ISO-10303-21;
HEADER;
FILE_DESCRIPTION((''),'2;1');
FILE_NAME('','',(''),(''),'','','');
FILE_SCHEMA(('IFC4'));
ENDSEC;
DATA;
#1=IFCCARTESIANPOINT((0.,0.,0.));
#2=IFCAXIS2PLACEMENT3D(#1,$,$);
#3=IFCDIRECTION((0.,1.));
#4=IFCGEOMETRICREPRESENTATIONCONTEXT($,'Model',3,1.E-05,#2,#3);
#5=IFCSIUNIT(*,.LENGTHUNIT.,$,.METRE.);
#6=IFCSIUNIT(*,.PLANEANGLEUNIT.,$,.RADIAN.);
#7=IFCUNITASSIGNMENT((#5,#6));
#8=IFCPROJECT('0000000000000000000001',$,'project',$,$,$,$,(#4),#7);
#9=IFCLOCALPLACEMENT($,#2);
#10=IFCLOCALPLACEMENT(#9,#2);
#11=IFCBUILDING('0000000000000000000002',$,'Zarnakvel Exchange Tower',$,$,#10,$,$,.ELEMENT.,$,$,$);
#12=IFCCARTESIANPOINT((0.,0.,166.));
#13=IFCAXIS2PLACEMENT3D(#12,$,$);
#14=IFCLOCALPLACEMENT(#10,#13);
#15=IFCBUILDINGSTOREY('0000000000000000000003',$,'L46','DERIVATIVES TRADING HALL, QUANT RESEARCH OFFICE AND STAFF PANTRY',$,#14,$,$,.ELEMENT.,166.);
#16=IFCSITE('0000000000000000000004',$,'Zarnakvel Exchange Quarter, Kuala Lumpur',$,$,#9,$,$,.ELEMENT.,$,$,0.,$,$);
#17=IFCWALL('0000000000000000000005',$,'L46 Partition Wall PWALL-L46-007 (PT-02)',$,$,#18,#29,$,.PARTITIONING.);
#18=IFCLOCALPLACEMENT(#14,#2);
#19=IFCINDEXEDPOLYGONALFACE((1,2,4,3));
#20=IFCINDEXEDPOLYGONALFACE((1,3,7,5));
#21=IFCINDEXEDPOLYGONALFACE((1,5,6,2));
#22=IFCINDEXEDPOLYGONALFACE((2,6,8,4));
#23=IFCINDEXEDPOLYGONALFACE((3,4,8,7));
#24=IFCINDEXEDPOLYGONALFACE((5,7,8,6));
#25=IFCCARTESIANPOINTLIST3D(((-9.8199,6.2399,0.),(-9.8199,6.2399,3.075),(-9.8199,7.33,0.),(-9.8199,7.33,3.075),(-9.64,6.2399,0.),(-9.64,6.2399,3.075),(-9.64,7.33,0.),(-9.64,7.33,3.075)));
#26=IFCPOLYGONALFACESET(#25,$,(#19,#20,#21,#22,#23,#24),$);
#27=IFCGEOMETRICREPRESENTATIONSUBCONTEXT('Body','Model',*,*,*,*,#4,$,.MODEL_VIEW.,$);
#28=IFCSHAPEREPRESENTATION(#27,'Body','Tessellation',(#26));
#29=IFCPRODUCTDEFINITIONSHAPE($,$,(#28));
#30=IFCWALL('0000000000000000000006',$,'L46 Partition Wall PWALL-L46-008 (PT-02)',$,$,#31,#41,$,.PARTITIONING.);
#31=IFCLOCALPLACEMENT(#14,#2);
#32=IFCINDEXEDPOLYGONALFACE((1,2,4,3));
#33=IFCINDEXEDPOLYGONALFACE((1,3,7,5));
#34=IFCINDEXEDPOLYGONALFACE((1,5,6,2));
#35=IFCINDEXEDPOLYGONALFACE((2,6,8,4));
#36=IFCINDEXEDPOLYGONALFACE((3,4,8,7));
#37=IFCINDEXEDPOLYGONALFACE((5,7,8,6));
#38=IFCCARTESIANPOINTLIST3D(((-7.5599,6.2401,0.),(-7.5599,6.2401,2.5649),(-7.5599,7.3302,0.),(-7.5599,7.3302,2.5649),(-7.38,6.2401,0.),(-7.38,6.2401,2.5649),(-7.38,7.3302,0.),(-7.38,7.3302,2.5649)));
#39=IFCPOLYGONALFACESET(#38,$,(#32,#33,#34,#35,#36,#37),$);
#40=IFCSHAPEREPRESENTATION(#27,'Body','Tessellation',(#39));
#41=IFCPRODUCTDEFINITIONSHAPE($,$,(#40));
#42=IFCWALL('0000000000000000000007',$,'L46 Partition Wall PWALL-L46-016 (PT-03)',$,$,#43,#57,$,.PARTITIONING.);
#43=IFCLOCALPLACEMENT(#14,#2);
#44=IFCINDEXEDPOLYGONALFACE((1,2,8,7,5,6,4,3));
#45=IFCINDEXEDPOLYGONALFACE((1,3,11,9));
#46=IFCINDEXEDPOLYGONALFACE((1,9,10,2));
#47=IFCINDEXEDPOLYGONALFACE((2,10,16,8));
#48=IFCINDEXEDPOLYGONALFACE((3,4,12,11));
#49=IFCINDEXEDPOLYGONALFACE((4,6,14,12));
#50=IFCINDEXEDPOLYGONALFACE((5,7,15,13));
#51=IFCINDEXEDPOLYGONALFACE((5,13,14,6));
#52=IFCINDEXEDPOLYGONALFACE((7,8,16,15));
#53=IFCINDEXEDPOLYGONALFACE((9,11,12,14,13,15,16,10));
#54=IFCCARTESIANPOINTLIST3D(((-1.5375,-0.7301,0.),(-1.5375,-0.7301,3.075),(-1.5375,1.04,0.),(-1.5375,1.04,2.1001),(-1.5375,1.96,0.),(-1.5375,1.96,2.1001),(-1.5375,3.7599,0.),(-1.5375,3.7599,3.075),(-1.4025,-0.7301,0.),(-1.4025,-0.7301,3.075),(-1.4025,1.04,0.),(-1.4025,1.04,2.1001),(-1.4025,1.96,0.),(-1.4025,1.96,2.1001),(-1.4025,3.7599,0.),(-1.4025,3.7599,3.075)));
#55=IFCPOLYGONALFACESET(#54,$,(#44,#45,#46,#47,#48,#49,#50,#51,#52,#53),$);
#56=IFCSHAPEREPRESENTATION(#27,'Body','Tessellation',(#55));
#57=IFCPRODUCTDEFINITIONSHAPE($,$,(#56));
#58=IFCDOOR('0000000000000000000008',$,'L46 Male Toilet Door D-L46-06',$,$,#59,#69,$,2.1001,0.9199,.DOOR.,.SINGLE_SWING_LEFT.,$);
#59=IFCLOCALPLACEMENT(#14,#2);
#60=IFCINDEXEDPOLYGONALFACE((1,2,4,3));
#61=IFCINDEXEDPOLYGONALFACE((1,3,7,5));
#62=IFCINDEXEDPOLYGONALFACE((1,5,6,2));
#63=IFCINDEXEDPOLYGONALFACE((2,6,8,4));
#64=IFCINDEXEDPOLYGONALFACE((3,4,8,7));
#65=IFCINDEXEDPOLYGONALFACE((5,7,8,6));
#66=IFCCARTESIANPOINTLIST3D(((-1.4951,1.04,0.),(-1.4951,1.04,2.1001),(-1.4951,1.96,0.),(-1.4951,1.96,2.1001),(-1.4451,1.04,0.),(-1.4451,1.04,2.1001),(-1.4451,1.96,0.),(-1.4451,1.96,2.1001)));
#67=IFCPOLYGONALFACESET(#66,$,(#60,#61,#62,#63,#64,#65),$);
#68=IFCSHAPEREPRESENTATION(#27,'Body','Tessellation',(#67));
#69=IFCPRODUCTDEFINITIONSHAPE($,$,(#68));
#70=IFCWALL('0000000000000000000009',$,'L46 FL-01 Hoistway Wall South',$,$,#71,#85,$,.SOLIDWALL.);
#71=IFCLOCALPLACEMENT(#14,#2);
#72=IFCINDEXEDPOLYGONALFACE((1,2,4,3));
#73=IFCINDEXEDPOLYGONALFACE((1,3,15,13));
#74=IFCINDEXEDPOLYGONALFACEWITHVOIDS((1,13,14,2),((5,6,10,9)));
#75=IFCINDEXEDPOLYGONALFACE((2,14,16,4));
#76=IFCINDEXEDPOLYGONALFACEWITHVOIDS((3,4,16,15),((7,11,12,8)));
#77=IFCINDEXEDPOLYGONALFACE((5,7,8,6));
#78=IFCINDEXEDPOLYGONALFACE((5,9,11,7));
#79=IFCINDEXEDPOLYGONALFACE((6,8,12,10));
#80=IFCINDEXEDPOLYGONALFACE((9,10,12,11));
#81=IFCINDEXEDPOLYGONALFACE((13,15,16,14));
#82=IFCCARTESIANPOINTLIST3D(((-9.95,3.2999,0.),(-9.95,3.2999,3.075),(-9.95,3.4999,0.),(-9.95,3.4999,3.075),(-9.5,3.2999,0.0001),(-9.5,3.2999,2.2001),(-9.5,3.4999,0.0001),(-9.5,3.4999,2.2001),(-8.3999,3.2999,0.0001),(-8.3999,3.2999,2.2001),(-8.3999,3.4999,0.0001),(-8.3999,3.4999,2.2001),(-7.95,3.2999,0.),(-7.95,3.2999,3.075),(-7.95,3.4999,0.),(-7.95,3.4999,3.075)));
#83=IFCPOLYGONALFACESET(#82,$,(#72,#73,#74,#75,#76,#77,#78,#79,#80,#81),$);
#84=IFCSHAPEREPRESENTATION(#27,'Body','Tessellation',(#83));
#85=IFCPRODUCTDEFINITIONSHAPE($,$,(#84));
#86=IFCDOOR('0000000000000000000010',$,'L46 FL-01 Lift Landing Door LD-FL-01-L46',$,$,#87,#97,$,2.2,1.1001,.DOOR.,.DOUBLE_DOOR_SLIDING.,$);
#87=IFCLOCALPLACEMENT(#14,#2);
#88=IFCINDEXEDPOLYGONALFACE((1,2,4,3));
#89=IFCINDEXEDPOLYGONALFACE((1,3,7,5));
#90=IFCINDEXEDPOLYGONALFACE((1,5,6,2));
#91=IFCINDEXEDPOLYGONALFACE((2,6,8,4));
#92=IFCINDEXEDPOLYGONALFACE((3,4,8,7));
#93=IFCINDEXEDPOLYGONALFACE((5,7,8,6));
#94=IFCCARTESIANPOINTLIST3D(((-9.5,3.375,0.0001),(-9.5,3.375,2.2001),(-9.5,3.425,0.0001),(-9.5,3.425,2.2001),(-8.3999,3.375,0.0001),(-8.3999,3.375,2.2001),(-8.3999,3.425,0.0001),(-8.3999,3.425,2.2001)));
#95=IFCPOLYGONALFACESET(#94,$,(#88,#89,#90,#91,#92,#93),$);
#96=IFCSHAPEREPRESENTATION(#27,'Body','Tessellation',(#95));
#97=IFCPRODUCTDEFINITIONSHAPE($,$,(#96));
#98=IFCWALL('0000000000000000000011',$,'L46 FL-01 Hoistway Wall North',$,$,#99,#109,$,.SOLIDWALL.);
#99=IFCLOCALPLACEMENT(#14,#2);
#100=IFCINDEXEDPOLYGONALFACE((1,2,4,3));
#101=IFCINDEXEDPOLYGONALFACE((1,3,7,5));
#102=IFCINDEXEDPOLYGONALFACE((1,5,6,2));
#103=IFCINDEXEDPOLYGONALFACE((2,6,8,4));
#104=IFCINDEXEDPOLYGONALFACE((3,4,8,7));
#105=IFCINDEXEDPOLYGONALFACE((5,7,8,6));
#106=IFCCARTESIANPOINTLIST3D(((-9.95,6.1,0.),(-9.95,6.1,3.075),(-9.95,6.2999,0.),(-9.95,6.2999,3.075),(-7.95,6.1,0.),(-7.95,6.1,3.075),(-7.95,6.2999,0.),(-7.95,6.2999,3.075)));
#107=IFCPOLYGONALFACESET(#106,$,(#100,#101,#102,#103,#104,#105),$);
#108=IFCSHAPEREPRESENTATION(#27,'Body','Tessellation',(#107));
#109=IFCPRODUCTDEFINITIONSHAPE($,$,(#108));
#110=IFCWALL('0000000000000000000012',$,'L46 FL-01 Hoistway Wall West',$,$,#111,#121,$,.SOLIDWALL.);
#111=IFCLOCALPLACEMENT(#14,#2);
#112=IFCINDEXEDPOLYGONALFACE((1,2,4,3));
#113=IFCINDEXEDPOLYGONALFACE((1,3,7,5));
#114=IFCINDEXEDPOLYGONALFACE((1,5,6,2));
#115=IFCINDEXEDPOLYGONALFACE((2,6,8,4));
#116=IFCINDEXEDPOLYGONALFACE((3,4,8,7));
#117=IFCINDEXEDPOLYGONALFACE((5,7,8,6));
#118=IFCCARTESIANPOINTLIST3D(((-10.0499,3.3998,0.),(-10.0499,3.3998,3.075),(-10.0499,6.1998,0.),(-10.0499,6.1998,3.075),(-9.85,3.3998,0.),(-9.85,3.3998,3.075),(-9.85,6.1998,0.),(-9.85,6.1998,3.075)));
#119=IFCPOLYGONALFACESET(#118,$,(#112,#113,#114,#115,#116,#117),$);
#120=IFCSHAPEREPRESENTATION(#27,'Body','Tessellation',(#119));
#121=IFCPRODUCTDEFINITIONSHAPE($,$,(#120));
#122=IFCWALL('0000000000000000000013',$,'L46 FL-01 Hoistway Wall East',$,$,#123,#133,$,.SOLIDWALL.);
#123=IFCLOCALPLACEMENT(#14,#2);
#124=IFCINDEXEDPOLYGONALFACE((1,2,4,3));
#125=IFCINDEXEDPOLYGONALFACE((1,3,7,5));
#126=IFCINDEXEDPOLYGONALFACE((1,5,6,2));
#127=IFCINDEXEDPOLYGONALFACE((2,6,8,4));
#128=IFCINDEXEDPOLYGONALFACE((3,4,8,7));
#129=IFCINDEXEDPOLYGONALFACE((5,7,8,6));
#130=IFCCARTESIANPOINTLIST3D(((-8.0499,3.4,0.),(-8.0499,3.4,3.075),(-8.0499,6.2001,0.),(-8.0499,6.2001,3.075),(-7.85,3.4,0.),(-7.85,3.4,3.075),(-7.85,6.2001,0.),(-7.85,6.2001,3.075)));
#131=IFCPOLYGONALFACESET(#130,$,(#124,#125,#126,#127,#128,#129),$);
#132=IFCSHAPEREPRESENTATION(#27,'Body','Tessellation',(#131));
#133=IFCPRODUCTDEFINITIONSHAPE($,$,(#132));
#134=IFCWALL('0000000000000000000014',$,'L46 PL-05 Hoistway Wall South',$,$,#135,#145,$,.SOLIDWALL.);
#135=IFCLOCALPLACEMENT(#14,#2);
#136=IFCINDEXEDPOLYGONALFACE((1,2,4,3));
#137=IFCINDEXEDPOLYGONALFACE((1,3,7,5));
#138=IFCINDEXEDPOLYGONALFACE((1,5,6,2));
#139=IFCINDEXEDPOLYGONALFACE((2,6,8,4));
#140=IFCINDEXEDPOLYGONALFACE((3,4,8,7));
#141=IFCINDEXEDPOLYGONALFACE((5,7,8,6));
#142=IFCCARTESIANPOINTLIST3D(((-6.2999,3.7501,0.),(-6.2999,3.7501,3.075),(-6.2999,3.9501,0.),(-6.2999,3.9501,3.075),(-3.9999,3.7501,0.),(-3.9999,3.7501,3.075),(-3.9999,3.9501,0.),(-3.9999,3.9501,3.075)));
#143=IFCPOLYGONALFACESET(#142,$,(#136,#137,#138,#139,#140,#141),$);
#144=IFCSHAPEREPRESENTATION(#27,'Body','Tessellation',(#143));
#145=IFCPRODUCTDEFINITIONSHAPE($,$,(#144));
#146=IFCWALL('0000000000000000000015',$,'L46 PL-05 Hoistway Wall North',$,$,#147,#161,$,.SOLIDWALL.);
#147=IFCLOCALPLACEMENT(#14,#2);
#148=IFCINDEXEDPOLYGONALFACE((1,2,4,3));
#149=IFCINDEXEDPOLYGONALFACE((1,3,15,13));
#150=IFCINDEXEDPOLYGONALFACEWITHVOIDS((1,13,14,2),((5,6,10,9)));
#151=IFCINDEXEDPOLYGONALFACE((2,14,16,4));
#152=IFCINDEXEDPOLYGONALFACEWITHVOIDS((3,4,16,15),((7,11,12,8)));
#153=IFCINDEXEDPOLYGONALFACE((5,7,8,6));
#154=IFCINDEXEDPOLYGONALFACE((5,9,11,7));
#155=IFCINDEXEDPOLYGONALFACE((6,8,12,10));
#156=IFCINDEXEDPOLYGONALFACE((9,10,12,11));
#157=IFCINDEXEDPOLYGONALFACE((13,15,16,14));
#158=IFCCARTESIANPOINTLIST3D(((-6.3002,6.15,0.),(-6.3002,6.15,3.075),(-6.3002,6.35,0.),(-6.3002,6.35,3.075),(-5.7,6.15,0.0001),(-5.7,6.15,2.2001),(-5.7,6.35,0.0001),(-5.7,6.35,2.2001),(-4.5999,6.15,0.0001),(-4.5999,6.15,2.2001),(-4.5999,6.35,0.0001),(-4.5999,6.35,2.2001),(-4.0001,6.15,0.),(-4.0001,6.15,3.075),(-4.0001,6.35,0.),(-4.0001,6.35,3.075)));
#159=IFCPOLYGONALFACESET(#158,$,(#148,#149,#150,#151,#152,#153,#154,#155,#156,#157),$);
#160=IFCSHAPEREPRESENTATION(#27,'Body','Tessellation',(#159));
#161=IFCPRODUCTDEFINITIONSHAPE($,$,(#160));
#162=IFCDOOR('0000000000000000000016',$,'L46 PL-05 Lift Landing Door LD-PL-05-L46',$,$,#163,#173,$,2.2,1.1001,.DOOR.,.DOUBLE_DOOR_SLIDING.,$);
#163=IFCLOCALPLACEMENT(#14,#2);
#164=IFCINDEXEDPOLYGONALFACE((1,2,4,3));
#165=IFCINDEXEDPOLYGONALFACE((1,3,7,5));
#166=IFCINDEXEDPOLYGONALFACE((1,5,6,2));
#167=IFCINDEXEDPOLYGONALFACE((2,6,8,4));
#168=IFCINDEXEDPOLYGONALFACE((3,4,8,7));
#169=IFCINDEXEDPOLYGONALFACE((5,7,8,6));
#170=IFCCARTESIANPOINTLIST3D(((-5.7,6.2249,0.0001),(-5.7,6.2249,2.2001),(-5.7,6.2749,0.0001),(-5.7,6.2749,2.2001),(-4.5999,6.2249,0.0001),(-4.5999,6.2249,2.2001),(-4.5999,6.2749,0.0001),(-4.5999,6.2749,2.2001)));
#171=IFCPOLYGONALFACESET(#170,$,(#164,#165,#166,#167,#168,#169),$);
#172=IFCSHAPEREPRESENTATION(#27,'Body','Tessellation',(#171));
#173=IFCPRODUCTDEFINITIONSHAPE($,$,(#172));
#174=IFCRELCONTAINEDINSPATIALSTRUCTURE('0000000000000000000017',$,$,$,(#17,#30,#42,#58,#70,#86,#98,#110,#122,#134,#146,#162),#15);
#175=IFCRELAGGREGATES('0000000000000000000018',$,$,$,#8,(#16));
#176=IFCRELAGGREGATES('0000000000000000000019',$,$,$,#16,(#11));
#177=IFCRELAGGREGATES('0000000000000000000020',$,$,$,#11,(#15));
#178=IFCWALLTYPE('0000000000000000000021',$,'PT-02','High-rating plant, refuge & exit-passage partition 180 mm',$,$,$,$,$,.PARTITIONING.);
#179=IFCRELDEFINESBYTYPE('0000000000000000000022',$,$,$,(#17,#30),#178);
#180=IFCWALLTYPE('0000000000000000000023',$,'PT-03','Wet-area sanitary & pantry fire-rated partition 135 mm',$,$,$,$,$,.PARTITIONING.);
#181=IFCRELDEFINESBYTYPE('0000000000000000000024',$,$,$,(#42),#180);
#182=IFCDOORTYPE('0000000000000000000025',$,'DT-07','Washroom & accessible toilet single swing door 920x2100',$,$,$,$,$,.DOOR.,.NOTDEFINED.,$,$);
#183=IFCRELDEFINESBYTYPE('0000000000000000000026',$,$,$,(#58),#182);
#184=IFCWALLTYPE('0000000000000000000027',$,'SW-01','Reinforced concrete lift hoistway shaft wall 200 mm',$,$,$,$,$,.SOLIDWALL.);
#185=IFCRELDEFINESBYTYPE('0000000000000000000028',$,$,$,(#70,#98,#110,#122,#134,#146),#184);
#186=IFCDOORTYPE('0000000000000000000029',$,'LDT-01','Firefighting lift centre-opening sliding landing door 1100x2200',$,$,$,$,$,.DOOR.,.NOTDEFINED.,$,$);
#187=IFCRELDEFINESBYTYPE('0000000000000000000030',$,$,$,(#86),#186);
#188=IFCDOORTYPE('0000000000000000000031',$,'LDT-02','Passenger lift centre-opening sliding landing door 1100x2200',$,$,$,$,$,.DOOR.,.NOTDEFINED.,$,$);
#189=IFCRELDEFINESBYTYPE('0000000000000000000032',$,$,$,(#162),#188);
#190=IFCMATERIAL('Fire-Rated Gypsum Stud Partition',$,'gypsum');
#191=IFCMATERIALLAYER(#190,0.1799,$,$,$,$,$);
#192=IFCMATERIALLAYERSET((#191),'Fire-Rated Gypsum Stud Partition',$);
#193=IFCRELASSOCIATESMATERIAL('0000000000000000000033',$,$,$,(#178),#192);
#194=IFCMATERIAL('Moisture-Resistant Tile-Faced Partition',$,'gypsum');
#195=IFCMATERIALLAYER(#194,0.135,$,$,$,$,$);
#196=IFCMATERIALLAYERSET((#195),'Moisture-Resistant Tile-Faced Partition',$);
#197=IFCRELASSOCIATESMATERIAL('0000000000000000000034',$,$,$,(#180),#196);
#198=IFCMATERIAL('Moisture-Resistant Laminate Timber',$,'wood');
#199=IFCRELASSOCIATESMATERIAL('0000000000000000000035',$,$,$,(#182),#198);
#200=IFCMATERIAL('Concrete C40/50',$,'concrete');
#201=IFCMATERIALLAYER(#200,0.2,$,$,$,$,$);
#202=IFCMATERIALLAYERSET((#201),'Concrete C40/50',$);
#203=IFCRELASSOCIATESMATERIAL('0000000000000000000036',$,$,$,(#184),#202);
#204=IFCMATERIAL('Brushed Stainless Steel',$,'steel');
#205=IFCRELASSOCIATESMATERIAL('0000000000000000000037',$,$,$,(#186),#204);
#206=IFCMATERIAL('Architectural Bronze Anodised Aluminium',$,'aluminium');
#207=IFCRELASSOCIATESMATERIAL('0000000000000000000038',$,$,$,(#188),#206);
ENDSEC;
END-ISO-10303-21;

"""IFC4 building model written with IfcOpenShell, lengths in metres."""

from ifc_helpers import new_model, si_unit, direction, frame, frame_2d, origin, place, context, subcontext, project, spatial, rectangle, extrude, source, transform, mapped, material, layer, layer_set, type_object, element, fill, save


model = new_model("IFC4")

# Units and contexts
model_context = context("Model", 3, precision=1e-05, world=origin(), true_north=direction((0.0, 1.0)))
body_context = subcontext(model_context, "Body", "Model", "MODEL_VIEW")
ifc_project = project(units=[si_unit("LENGTHUNIT", "METRE"), si_unit("PLANEANGLEUNIT", "RADIAN")], contexts=[model_context])

# Site, building, storey
site_placement = place(None, origin())
site = spatial("IfcSite", under=ifc_project, at=site_placement, Name="Zarnakvel Exchange Quarter, Kuala Lumpur", CompositionType="ELEMENT", RefElevation=0.0)
building_placement = place(site_placement, origin())
building = spatial("IfcBuilding", under=site, at=building_placement, Name="Zarnakvel Exchange Tower", CompositionType="ELEMENT")
storey_placement = place(building_placement, frame((0.0, 0.0, 166.0)))
storey = spatial("IfcBuildingStorey", under=building, at=storey_placement, Name="L46", Description="DERIVATIVES TRADING HALL, QUANT RESEARCH OFFICE AND STAFF PANTRY", CompositionType="ELEMENT", Elevation=166.0)

# Walls
ifc_material_1 = material(Name="Fire-Rated Gypsum Stud Partition", Category="gypsum")
ifc_layer_1 = layer(ifc_material_1, 0.1799)
ifc_layer_set_1 = layer_set([ifc_layer_1], Name="Fire-Rated Gypsum Stud Partition")
wall_type_1 = type_object("IfcWallType", Name="PT-02", Description="High-rating plant, refuge & exit-passage partition 180 mm", PredefinedType="PARTITIONING", material=ifc_layer_set_1)
wall_1_placement = place(storey_placement, frame((-9.73, 6.24, 0.0), z_axis=(0.0, 0.0, 1.0), x_axis=(0.0, 1.0, 0.0)))
element("IfcWall", 1, at=wall_1_placement, inside=storey, type_object=wall_type_1, Name="L46 Partition Wall PWALL-L46-007 (PT-02)", PredefinedType="PARTITIONING", context=body_context, shape_type="SweptSolid", body=[
    extrude(rectangle(XDim=1.0901, YDim=0.1799, at=frame_2d((0.5449, 0.0))), origin(), (0.0, 0.0, 1.0), 3.075),
])
wall_2_placement = place(storey_placement, frame((-7.47, 7.3301, 0.0), z_axis=(0.0, 0.0, 1.0), x_axis=(0.0, -1.0, 0.0)))
element("IfcWall", 2, at=wall_2_placement, inside=storey, type_object=wall_type_1, Name="L46 Partition Wall PWALL-L46-008 (PT-02)", PredefinedType="PARTITIONING", context=body_context, shape_type="SweptSolid", body=[
    extrude(rectangle(XDim=1.0901, YDim=0.1799, at=frame_2d((0.5449, 0.0))), origin(), (0.0, 0.0, 1.0), 2.5649),
])

# Walls, openings, doors
ifc_material_2 = material(Name="Moisture-Resistant Tile-Faced Partition", Category="gypsum")
ifc_layer_2 = layer(ifc_material_2, 0.135)
ifc_layer_set_2 = layer_set([ifc_layer_2], Name="Moisture-Resistant Tile-Faced Partition")
wall_type_2 = type_object("IfcWallType", Name="PT-03", Description="Wet-area sanitary & pantry fire-rated partition 135 mm", PredefinedType="PARTITIONING", material=ifc_layer_set_2)
wall_3_placement = place(storey_placement, frame((-1.47, 3.76, 0.0), z_axis=(0.0, 0.0, 1.0), x_axis=(0.0, -1.0, 0.0)))
wall_3 = element("IfcWall", 3, at=wall_3_placement, inside=storey, type_object=wall_type_2, Name="L46 Partition Wall PWALL-L46-016 (PT-03)", PredefinedType="PARTITIONING", context=body_context, shape_type="SweptSolid", body=[
    extrude(rectangle(XDim=4.49, YDim=0.135, at=frame_2d((2.2451, 0.0))), origin(), (0.0, 0.0, 1.0), 3.075),
])
opening_1_placement = place(wall_3_placement, frame((1.8, 0.0, 0.0)))
opening_1 = element("IfcOpeningElement", 4, at=opening_1_placement, cuts=wall_3, PredefinedType="OPENING", context=body_context, shape_type="SweptSolid", body=[
    extrude(rectangle(XDim=0.9199, YDim=2.1001, at=frame_2d((0.46, 1.05))), frame((0.0, 0.0774, 0.0), z_axis=(0.0, -1.0, 0.0), x_axis=(1.0, 0.0, 0.0)), (0.0, 0.0, 1.0), 0.155),
])
ifc_material_3 = material(Name="Moisture-Resistant Laminate Timber", Category="wood")
door_type_1 = type_object("IfcDoorType", Name="DT-07", Description="Washroom & accessible toilet single swing door 920x2100", OperationType="NOTDEFINED", PredefinedType="DOOR", material=ifc_material_3)
shared_shape_1 = source(origin(), body_context, "Body", "SweptSolid", [
    extrude(rectangle(XDim=0.9199, YDim=2.1001, at=frame_2d((0.46, 1.05))), frame((0.0, 0.0249, 0.0), z_axis=(0.0, -1.0, 0.0), x_axis=(1.0, 0.0, 0.0)), (0.0, 0.0, 1.0), 0.05),
])
door_1_placement = place(opening_1_placement, origin())
door_1 = element("IfcDoor", 5, at=door_1_placement, inside=storey, type_object=door_type_1, Name="L46 Male Toilet Door D-L46-06", OperationType="SINGLE_SWING_LEFT", OverallHeight=2.1001, OverallWidth=0.9199, PredefinedType="DOOR", context=body_context, shape_type="MappedRepresentation", body=[
    mapped(shared_shape_1, transform((0.0, 0.0, 0.0), x_axis=(1.0, 0.0, 0.0), y_axis=(0.0, 1.0, 0.0), z_axis=(0.0, 0.0, 1.0), scale=1.0)),
])
fill(opening_1, door_1)
ifc_material_4 = material(Name="Concrete C40/50", Category="concrete")
ifc_layer_3 = layer(ifc_material_4, 0.2)
ifc_layer_set_3 = layer_set([ifc_layer_3], Name="Concrete C40/50")
wall_type_3 = type_object("IfcWallType", Name="SW-01", Description="Reinforced concrete lift hoistway shaft wall 200 mm", PredefinedType="SOLIDWALL", material=ifc_layer_set_3)
wall_4_placement = place(storey_placement, frame((-7.95, 3.3999, 0.0), z_axis=(0.0, 0.0, 1.0), x_axis=(-1.0, 0.0, 0.0)))
wall_4 = element("IfcWall", 6, at=wall_4_placement, inside=storey, type_object=wall_type_3, Name="L46 FL-01 Hoistway Wall South", PredefinedType="SOLIDWALL", context=body_context, shape_type="SweptSolid", body=[
    extrude(rectangle(XDim=2.0, YDim=0.2, at=frame_2d((1.0, 0.0))), origin(), (0.0, 0.0, 1.0), 3.075),
])
opening_2_placement = place(wall_4_placement, frame((0.45, 0.0, 0.0)))
opening_2 = element("IfcOpeningElement", 7, at=opening_2_placement, cuts=wall_4, PredefinedType="OPENING", context=body_context, shape_type="SweptSolid", body=[
    extrude(rectangle(XDim=1.1001, YDim=2.2, at=frame_2d((0.55, 1.1001))), frame((0.0, 0.1099, 0.0), z_axis=(0.0, -1.0, 0.0), x_axis=(1.0, 0.0, 0.0)), (0.0, 0.0, 1.0), 0.22),
])
ifc_material_5 = material(Name="Brushed Stainless Steel", Category="steel")
door_type_2 = type_object("IfcDoorType", Name="LDT-01", Description="Firefighting lift centre-opening sliding landing door 1100x2200", OperationType="NOTDEFINED", PredefinedType="DOOR", material=ifc_material_5)
shared_shape_2 = source(origin(), body_context, "Body", "SweptSolid", [
    extrude(rectangle(XDim=1.1001, YDim=2.2, at=frame_2d((0.55, 1.1001))), frame((0.0, 0.0249, 0.0), z_axis=(0.0, -1.0, 0.0), x_axis=(1.0, 0.0, 0.0)), (0.0, 0.0, 1.0), 0.05),
])
door_2_placement = place(opening_2_placement, origin())
door_2 = element("IfcDoor", 8, at=door_2_placement, inside=storey, type_object=door_type_2, Name="L46 FL-01 Lift Landing Door LD-FL-01-L46", OperationType="DOUBLE_DOOR_SLIDING", OverallHeight=2.2, OverallWidth=1.1001, PredefinedType="DOOR", context=body_context, shape_type="MappedRepresentation", body=[
    mapped(shared_shape_2, transform((0.0, 0.0, 0.0), x_axis=(1.0, 0.0, 0.0), y_axis=(0.0, 1.0, 0.0), z_axis=(0.0, 0.0, 1.0), scale=1.0)),
])
fill(opening_2, door_2)

# Walls
wall_5_placement = place(storey_placement, frame((-9.95, 6.2, 0.0), z_axis=(0.0, 0.0, 1.0), x_axis=(1.0, 0.0, 0.0)))
element("IfcWall", 9, at=wall_5_placement, inside=storey, type_object=wall_type_3, Name="L46 FL-01 Hoistway Wall North", PredefinedType="SOLIDWALL", context=body_context, shape_type="SweptSolid", body=[
    extrude(rectangle(XDim=2.0, YDim=0.2, at=frame_2d((1.0, 0.0))), origin(), (0.0, 0.0, 1.0), 3.075),
])
for number, where, z_axis, x_axis, name in (
    (10, (-9.95, 3.3999, 0.0), (0.0, 0.0, 1.0), (0.0, 1.0, 0.0), "L46 FL-01 Hoistway Wall West"),
    (11, (-7.95, 6.2, 0.0), (0.0, 0.0, 1.0), (0.0, -1.0, 0.0), "L46 FL-01 Hoistway Wall East"),
):
    element("IfcWall", number, at=place(storey_placement, frame(where, z_axis=z_axis, x_axis=x_axis)), inside=storey, type_object=wall_type_3, Name=name, PredefinedType="SOLIDWALL", context=body_context, shape_type="SweptSolid", body=[
        extrude(rectangle(XDim=2.8, YDim=0.2, at=frame_2d((1.3999, 0.0))), origin(), (0.0, 0.0, 1.0), 3.075),
    ])
wall_6_placement = place(storey_placement, frame((-4.0, 3.8501, 0.0), z_axis=(0.0, 0.0, 1.0), x_axis=(-1.0, 0.0, 0.0)))
element("IfcWall", 12, at=wall_6_placement, inside=storey, type_object=wall_type_3, Name="L46 PL-05 Hoistway Wall South", PredefinedType="SOLIDWALL", context=body_context, shape_type="SweptSolid", body=[
    extrude(rectangle(XDim=2.3, YDim=0.2, at=frame_2d((1.1499, 0.0))), origin(), (0.0, 0.0, 1.0), 3.075),
])

# Wall, opening, door
wall_7_placement = place(storey_placement, frame((-6.3, 6.25, 0.0), z_axis=(0.0, 0.0, 1.0), x_axis=(1.0, 0.0, 0.0)))
wall_7 = element("IfcWall", 13, at=wall_7_placement, inside=storey, type_object=wall_type_3, Name="L46 PL-05 Hoistway Wall North", PredefinedType="SOLIDWALL", context=body_context, shape_type="SweptSolid", body=[
    extrude(rectangle(XDim=2.3, YDim=0.2, at=frame_2d((1.1499, 0.0))), origin(), (0.0, 0.0, 1.0), 3.075),
])
opening_3_placement = place(wall_7_placement, frame((0.6001, 0.0, 0.0)))
opening_3 = element("IfcOpeningElement", 14, at=opening_3_placement, cuts=wall_7, PredefinedType="OPENING", context=body_context, shape_type="SweptSolid", body=[
    extrude(rectangle(XDim=1.1001, YDim=2.2, at=frame_2d((0.55, 1.1001))), frame((0.0, 0.1099, 0.0), z_axis=(0.0, -1.0, 0.0), x_axis=(1.0, 0.0, 0.0)), (0.0, 0.0, 1.0), 0.22),
])
ifc_material_6 = material(Name="Architectural Bronze Anodised Aluminium", Category="aluminium")
door_type_3 = type_object("IfcDoorType", Name="LDT-02", Description="Passenger lift centre-opening sliding landing door 1100x2200", OperationType="NOTDEFINED", PredefinedType="DOOR", material=ifc_material_6)
door_3_placement = place(opening_3_placement, origin())
door_3 = element("IfcDoor", 15, at=door_3_placement, inside=storey, type_object=door_type_3, Name="L46 PL-05 Lift Landing Door LD-PL-05-L46", OperationType="DOUBLE_DOOR_SLIDING", OverallHeight=2.2, OverallWidth=1.1001, PredefinedType="DOOR", context=body_context, shape_type="MappedRepresentation", body=[
    mapped(shared_shape_2, transform((0.0, 0.0, 0.0), x_axis=(1.0, 0.0, 0.0), y_axis=(0.0, 1.0, 0.0), z_axis=(0.0, 0.0, 1.0), scale=1.0)),
])
fill(opening_3, door_3)

save(model, "model.ifc")
